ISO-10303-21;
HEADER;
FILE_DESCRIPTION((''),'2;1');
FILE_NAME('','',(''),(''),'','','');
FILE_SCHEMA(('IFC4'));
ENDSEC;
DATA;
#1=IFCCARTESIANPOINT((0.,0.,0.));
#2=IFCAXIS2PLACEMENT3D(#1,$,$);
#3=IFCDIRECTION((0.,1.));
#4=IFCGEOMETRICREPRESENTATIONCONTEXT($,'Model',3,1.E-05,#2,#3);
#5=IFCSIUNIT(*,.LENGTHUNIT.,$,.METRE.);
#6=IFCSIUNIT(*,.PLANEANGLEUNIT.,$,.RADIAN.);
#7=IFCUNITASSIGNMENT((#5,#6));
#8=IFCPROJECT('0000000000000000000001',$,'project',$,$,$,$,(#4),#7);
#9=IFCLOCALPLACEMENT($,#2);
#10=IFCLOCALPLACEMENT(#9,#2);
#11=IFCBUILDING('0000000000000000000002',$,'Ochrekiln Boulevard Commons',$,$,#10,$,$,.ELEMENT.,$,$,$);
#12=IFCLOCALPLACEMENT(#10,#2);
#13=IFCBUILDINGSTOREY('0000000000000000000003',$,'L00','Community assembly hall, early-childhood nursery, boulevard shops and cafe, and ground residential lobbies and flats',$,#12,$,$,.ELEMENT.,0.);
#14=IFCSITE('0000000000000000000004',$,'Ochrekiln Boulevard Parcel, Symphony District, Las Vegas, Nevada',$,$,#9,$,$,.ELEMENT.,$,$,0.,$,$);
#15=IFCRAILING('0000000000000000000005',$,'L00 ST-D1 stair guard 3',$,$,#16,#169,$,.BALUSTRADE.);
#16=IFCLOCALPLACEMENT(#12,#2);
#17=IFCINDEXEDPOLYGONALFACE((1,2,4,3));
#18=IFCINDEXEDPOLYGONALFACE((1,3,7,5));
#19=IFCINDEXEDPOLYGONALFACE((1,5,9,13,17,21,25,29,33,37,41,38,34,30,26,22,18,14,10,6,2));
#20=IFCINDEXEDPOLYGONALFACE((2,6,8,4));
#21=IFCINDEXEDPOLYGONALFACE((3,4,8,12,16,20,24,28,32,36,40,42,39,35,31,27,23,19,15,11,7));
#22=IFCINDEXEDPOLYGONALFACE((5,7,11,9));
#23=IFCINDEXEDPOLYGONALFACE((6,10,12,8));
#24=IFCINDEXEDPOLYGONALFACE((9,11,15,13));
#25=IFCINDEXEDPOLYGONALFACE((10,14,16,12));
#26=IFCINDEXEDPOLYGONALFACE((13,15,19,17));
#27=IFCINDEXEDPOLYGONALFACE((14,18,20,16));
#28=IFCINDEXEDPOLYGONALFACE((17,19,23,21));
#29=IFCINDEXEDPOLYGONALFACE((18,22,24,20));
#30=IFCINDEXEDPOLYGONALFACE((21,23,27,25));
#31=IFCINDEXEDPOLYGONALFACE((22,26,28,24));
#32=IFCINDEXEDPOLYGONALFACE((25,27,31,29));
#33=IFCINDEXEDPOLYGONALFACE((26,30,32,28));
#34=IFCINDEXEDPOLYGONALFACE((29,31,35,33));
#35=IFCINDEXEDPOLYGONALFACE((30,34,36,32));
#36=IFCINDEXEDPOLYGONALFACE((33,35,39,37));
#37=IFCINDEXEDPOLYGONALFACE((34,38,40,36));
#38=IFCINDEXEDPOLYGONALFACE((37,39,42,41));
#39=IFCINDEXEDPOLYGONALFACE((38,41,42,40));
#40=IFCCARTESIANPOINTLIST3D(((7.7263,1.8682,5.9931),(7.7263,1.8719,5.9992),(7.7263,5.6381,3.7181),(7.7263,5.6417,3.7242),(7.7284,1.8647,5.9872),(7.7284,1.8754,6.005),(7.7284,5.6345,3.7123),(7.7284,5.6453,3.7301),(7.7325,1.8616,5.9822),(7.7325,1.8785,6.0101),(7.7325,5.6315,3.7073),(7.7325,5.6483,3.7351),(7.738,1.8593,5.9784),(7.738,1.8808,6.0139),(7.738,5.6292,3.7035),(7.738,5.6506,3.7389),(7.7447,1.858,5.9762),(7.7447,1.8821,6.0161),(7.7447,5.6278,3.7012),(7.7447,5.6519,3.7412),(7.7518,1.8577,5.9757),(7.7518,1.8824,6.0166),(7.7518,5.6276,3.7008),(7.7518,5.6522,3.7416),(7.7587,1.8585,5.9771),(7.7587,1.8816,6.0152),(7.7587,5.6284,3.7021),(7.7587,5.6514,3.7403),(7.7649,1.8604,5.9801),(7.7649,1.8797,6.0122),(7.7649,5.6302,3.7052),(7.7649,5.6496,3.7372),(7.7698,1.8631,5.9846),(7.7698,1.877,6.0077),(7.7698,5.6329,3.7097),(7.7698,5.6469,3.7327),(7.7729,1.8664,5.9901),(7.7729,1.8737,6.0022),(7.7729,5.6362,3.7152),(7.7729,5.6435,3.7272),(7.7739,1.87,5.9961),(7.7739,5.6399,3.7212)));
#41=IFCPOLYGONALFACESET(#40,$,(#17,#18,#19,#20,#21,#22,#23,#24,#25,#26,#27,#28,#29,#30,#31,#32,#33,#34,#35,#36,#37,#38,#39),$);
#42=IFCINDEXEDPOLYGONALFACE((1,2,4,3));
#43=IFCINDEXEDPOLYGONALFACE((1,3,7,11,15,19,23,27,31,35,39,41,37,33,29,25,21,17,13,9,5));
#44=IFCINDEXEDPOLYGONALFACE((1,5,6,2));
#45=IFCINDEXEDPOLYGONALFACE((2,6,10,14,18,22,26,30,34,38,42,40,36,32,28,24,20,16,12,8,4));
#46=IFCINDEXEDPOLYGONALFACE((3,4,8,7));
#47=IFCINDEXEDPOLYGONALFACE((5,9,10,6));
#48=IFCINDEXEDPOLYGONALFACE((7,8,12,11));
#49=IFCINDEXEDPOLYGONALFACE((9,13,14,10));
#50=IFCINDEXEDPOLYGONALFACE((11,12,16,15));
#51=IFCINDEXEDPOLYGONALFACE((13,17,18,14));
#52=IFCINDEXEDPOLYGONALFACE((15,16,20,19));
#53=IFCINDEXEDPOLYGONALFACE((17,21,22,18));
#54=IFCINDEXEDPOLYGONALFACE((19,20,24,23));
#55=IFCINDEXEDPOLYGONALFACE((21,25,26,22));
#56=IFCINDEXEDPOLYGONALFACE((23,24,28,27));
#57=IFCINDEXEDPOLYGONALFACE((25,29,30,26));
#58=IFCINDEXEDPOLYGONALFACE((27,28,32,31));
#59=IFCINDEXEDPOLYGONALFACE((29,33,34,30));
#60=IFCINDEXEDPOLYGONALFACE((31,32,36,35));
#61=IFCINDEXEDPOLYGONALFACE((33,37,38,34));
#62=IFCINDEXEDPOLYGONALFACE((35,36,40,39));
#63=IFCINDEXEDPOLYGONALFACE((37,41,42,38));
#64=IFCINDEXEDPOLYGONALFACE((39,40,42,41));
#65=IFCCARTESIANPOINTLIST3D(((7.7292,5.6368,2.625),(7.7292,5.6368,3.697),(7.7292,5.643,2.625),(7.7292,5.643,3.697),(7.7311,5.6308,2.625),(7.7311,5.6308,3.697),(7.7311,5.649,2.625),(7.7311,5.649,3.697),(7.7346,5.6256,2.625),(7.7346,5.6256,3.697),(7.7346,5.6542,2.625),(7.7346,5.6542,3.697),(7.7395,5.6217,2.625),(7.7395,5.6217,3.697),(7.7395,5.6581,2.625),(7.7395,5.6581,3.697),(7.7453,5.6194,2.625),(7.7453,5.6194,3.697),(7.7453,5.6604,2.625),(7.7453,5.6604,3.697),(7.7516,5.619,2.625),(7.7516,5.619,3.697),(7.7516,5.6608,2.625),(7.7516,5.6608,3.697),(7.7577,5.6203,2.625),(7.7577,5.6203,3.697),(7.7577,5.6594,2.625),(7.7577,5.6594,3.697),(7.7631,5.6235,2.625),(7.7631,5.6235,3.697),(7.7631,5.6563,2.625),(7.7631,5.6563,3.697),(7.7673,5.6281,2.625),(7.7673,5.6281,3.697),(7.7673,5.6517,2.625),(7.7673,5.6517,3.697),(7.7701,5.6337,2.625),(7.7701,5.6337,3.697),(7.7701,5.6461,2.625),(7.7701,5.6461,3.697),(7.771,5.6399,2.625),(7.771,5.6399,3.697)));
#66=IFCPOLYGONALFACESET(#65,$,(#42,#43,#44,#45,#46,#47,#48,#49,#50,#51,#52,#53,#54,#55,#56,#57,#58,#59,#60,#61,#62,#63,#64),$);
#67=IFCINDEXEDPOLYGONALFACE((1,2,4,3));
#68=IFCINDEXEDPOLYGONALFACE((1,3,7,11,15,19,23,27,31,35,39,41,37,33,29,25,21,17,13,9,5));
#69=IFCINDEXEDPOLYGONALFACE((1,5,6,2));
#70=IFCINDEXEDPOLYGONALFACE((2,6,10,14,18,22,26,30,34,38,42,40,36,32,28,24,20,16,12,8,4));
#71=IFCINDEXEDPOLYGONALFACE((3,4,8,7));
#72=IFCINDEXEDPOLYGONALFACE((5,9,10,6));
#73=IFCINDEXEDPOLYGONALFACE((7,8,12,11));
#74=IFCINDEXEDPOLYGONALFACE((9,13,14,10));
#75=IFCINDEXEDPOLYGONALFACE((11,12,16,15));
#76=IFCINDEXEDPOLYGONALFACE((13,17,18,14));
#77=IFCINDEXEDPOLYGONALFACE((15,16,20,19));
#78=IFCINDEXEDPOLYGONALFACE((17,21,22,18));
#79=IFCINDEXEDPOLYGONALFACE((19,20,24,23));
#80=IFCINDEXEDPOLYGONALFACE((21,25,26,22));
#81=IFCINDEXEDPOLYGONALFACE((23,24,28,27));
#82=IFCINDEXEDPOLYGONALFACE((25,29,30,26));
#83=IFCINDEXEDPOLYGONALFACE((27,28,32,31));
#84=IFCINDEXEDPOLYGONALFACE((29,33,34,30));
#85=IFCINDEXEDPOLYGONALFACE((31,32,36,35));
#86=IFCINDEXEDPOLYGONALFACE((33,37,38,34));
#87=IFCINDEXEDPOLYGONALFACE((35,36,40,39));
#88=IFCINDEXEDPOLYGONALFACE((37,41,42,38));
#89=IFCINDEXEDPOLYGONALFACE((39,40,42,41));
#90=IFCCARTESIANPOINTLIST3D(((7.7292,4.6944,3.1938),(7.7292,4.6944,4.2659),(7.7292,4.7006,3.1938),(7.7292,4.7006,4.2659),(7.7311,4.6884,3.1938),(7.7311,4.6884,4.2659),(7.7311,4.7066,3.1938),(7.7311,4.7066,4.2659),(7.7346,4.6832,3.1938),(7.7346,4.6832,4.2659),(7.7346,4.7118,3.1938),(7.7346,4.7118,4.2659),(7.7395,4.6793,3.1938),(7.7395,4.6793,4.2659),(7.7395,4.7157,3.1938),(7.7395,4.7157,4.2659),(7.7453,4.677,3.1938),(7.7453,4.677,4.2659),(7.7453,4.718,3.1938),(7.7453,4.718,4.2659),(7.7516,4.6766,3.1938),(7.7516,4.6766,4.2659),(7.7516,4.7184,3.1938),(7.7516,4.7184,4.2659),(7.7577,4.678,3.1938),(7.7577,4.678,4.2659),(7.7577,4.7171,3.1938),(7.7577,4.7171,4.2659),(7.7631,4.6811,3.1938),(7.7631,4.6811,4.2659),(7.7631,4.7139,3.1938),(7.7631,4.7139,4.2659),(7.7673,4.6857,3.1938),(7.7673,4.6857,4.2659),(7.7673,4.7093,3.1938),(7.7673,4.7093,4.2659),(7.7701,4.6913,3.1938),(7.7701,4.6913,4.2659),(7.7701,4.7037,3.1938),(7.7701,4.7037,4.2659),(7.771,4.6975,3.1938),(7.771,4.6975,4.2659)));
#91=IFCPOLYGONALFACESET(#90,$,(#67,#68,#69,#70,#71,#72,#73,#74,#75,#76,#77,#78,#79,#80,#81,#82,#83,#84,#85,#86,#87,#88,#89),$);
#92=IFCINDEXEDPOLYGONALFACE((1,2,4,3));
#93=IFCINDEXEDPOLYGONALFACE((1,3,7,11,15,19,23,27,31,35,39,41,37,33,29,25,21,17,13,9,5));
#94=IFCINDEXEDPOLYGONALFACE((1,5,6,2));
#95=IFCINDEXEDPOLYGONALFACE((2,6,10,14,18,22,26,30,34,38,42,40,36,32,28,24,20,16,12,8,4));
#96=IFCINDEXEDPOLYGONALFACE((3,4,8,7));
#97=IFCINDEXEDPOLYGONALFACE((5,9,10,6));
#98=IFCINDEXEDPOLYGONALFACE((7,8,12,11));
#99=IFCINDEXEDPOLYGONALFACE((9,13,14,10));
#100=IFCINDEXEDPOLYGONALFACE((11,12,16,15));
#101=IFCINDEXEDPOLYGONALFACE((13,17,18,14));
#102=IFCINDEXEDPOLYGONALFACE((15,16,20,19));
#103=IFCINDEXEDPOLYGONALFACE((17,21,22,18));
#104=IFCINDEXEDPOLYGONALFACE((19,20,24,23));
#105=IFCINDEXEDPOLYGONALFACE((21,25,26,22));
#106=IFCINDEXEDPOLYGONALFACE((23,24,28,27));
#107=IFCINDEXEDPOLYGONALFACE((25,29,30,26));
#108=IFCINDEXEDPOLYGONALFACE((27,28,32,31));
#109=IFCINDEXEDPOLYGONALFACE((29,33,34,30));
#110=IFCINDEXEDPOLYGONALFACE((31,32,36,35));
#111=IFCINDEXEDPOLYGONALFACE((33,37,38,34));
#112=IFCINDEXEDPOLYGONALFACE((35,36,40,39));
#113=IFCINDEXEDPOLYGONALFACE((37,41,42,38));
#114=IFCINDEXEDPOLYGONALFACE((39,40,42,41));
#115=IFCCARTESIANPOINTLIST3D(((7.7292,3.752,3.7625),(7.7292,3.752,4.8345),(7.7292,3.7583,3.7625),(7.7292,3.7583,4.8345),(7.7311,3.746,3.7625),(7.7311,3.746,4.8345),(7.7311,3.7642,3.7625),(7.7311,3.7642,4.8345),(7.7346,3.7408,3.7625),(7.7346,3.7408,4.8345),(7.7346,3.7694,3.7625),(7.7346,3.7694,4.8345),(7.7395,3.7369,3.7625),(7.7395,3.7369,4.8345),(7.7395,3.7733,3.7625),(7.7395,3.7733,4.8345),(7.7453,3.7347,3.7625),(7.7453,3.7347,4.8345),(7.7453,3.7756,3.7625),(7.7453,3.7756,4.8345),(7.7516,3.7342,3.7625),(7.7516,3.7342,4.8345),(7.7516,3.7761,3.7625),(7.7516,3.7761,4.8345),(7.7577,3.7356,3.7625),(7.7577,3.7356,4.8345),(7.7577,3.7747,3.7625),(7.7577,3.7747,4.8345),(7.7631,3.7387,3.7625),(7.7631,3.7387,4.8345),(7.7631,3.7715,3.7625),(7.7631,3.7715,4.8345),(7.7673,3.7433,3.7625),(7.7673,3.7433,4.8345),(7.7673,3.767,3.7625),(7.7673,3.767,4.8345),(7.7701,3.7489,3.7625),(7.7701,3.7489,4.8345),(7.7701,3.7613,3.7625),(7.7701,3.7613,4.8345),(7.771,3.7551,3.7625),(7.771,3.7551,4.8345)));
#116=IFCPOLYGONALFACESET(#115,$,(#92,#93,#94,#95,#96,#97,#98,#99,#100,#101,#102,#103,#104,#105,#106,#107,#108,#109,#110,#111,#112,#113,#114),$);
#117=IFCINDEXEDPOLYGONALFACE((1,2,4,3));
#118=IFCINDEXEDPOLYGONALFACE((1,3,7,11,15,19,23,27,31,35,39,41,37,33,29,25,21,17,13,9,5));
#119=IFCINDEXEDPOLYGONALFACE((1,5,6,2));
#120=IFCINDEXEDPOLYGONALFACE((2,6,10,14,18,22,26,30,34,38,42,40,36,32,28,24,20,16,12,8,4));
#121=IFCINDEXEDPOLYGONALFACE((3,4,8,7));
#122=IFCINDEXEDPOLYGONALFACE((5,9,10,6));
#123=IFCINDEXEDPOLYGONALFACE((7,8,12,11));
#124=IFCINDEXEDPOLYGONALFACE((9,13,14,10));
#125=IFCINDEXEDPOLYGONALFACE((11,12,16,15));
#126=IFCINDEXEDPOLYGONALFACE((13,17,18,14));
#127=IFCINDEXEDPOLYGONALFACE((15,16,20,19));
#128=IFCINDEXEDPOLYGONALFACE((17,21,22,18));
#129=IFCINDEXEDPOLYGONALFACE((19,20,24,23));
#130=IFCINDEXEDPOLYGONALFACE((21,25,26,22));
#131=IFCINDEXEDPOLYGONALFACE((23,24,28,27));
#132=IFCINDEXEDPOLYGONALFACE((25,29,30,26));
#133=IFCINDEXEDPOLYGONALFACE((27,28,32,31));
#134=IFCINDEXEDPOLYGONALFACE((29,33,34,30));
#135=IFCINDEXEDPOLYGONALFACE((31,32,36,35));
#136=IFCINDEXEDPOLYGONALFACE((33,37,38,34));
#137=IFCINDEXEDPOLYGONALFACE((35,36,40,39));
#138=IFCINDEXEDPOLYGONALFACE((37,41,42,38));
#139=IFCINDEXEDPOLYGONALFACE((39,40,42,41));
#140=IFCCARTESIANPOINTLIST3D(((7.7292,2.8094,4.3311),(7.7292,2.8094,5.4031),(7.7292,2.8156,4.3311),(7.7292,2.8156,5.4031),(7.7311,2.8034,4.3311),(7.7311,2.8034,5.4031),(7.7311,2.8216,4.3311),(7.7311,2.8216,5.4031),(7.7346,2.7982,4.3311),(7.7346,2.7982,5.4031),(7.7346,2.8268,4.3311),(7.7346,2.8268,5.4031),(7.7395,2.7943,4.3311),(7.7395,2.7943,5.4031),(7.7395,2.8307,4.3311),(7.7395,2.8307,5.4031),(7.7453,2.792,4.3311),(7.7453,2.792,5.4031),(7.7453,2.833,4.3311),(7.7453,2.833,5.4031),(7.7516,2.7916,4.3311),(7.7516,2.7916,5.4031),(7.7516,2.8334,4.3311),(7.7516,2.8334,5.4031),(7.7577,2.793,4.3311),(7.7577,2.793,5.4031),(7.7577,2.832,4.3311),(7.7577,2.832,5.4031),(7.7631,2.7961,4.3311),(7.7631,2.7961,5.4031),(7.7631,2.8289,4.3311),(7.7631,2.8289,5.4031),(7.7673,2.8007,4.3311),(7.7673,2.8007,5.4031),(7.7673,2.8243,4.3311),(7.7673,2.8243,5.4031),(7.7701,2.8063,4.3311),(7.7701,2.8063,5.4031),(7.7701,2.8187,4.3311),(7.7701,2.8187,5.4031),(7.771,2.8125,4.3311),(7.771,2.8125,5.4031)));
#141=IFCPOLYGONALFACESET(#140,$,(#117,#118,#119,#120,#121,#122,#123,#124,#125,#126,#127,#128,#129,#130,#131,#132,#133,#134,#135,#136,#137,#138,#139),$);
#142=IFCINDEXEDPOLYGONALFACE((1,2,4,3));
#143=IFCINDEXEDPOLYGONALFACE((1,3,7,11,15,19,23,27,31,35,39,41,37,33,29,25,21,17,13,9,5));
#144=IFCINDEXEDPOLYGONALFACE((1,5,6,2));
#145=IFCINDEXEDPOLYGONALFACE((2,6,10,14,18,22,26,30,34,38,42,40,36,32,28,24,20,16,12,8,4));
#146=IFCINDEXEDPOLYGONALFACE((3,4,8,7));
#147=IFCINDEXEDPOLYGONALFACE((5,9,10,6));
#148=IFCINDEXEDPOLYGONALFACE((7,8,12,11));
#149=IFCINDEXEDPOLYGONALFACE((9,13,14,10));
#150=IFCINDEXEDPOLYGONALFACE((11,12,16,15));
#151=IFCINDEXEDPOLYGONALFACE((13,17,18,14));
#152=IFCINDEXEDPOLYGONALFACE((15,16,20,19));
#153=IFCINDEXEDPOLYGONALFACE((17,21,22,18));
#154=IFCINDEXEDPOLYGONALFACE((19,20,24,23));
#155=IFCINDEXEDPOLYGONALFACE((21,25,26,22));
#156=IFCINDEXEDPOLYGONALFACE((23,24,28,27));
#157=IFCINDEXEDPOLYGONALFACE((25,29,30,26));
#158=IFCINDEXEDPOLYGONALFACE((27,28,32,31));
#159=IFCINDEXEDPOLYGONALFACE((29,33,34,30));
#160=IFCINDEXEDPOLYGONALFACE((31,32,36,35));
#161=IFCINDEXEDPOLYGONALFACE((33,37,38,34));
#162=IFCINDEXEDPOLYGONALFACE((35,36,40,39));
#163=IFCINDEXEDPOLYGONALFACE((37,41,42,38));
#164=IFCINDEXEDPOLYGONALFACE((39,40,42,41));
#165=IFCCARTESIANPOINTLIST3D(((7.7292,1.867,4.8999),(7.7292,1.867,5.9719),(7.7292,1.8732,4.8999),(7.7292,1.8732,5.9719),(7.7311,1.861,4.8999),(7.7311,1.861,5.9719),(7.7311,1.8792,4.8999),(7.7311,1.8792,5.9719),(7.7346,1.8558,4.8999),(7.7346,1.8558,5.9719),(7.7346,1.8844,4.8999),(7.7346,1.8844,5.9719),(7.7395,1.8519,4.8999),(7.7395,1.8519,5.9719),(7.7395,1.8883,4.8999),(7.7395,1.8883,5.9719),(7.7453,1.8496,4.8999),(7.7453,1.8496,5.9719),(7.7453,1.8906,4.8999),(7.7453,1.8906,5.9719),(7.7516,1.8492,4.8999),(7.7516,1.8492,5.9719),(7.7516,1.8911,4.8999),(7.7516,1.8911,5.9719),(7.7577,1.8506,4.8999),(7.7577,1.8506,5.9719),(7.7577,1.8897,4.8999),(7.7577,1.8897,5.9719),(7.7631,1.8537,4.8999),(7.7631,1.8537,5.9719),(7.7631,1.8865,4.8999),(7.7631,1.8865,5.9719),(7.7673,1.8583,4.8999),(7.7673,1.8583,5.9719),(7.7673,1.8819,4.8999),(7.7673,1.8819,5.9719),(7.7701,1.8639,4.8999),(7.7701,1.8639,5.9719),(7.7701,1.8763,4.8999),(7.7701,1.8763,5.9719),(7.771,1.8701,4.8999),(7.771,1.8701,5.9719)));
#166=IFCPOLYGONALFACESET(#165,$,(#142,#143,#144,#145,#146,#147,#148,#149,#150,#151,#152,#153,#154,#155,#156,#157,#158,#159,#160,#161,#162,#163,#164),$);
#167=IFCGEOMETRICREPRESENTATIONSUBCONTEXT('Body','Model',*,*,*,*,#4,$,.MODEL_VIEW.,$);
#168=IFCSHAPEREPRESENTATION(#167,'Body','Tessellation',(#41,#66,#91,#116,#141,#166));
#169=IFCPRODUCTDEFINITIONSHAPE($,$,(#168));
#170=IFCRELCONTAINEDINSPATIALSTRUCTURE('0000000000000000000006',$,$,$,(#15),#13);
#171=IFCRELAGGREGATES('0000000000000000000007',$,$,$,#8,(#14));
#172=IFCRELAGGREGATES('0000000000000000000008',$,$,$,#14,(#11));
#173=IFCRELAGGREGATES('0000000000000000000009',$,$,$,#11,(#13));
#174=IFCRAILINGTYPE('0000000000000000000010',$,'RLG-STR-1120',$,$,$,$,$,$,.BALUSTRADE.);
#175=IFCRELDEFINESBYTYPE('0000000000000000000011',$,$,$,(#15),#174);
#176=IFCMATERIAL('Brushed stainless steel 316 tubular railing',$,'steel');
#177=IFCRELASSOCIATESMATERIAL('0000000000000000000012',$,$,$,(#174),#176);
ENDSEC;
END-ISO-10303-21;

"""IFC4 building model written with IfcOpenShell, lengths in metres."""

from ifc_helpers import new_model, si_unit, direction, frame, origin, origin_2d, place, context, subcontext, project, spatial, circle, extrude, material, type_object, element, save


model = new_model("IFC4")

# Units and contexts
model_context = context("Model", 3, precision=1e-05, world=origin(), true_north=direction((0.0, 1.0)))
body_context = subcontext(model_context, "Body", "Model", "MODEL_VIEW")
ifc_project = project(units=[si_unit("LENGTHUNIT", "METRE"), si_unit("PLANEANGLEUNIT", "RADIAN")], contexts=[model_context])

# Site, building, storey
site_placement = place(None, origin())
site = spatial("IfcSite", under=ifc_project, at=site_placement, Name="Ochrekiln Boulevard Parcel, Symphony District, Las Vegas, Nevada", CompositionType="ELEMENT", RefElevation=0.0)
building_placement = place(site_placement, origin())
building = spatial("IfcBuilding", under=site, at=building_placement, Name="Ochrekiln Boulevard Commons", CompositionType="ELEMENT")
storey_placement = place(building_placement, origin())
storey = spatial("IfcBuildingStorey", under=building, at=storey_placement, Name="L00", Description="Community assembly hall, early-childhood nursery, boulevard shops and cafe, and ground residential lobbies and flats", CompositionType="ELEMENT", Elevation=0.0)

# Railing
ifc_material_1 = material(Name="Brushed stainless steel 316 tubular railing", Category="steel")
railing_type_1 = type_object("IfcRailingType", Name="RLG-STR-1120", PredefinedType="BALUSTRADE", material=ifc_material_1)
railing_1_placement = place(storey_placement, frame((7.75, 5.6399, 2.625)))
element("IfcRailing", 1, at=railing_1_placement, inside=storey, type_object=railing_type_1, Name="L00 ST-D1 stair guard 3", PredefinedType="BALUSTRADE", context=body_context, shape_type="SweptSolid", body=[
    extrude(circle(Radius=0.0239, at=origin_2d()), frame((0.0, 0.0, 1.0962), z_axis=(0.0, -0.856184, 0.516671), x_axis=(1.0, 0.0, 0.0)), (0.0, 0.0, 1.0), 4.4031),
    extrude(circle(Radius=0.021, at=origin_2d()), origin(), (0.0, 0.0, 1.0), 1.072),
    extrude(circle(Radius=0.021, at=origin_2d()), frame((0.0, -0.9424, 0.5688)), (0.0, 0.0, 1.0), 1.072),
    extrude(circle(Radius=0.021, at=origin_2d()), frame((0.0, -1.8848, 1.1375)), (0.0, 0.0, 1.0), 1.072),
    extrude(circle(Radius=0.021, at=origin_2d()), frame((0.0, -2.8274, 1.7061)), (0.0, 0.0, 1.0), 1.072),
    extrude(circle(Radius=0.021, at=origin_2d()), frame((0.0, -3.7698, 2.2749)), (0.0, 0.0, 1.0), 1.072),
])

save(model, "model.ifc")
